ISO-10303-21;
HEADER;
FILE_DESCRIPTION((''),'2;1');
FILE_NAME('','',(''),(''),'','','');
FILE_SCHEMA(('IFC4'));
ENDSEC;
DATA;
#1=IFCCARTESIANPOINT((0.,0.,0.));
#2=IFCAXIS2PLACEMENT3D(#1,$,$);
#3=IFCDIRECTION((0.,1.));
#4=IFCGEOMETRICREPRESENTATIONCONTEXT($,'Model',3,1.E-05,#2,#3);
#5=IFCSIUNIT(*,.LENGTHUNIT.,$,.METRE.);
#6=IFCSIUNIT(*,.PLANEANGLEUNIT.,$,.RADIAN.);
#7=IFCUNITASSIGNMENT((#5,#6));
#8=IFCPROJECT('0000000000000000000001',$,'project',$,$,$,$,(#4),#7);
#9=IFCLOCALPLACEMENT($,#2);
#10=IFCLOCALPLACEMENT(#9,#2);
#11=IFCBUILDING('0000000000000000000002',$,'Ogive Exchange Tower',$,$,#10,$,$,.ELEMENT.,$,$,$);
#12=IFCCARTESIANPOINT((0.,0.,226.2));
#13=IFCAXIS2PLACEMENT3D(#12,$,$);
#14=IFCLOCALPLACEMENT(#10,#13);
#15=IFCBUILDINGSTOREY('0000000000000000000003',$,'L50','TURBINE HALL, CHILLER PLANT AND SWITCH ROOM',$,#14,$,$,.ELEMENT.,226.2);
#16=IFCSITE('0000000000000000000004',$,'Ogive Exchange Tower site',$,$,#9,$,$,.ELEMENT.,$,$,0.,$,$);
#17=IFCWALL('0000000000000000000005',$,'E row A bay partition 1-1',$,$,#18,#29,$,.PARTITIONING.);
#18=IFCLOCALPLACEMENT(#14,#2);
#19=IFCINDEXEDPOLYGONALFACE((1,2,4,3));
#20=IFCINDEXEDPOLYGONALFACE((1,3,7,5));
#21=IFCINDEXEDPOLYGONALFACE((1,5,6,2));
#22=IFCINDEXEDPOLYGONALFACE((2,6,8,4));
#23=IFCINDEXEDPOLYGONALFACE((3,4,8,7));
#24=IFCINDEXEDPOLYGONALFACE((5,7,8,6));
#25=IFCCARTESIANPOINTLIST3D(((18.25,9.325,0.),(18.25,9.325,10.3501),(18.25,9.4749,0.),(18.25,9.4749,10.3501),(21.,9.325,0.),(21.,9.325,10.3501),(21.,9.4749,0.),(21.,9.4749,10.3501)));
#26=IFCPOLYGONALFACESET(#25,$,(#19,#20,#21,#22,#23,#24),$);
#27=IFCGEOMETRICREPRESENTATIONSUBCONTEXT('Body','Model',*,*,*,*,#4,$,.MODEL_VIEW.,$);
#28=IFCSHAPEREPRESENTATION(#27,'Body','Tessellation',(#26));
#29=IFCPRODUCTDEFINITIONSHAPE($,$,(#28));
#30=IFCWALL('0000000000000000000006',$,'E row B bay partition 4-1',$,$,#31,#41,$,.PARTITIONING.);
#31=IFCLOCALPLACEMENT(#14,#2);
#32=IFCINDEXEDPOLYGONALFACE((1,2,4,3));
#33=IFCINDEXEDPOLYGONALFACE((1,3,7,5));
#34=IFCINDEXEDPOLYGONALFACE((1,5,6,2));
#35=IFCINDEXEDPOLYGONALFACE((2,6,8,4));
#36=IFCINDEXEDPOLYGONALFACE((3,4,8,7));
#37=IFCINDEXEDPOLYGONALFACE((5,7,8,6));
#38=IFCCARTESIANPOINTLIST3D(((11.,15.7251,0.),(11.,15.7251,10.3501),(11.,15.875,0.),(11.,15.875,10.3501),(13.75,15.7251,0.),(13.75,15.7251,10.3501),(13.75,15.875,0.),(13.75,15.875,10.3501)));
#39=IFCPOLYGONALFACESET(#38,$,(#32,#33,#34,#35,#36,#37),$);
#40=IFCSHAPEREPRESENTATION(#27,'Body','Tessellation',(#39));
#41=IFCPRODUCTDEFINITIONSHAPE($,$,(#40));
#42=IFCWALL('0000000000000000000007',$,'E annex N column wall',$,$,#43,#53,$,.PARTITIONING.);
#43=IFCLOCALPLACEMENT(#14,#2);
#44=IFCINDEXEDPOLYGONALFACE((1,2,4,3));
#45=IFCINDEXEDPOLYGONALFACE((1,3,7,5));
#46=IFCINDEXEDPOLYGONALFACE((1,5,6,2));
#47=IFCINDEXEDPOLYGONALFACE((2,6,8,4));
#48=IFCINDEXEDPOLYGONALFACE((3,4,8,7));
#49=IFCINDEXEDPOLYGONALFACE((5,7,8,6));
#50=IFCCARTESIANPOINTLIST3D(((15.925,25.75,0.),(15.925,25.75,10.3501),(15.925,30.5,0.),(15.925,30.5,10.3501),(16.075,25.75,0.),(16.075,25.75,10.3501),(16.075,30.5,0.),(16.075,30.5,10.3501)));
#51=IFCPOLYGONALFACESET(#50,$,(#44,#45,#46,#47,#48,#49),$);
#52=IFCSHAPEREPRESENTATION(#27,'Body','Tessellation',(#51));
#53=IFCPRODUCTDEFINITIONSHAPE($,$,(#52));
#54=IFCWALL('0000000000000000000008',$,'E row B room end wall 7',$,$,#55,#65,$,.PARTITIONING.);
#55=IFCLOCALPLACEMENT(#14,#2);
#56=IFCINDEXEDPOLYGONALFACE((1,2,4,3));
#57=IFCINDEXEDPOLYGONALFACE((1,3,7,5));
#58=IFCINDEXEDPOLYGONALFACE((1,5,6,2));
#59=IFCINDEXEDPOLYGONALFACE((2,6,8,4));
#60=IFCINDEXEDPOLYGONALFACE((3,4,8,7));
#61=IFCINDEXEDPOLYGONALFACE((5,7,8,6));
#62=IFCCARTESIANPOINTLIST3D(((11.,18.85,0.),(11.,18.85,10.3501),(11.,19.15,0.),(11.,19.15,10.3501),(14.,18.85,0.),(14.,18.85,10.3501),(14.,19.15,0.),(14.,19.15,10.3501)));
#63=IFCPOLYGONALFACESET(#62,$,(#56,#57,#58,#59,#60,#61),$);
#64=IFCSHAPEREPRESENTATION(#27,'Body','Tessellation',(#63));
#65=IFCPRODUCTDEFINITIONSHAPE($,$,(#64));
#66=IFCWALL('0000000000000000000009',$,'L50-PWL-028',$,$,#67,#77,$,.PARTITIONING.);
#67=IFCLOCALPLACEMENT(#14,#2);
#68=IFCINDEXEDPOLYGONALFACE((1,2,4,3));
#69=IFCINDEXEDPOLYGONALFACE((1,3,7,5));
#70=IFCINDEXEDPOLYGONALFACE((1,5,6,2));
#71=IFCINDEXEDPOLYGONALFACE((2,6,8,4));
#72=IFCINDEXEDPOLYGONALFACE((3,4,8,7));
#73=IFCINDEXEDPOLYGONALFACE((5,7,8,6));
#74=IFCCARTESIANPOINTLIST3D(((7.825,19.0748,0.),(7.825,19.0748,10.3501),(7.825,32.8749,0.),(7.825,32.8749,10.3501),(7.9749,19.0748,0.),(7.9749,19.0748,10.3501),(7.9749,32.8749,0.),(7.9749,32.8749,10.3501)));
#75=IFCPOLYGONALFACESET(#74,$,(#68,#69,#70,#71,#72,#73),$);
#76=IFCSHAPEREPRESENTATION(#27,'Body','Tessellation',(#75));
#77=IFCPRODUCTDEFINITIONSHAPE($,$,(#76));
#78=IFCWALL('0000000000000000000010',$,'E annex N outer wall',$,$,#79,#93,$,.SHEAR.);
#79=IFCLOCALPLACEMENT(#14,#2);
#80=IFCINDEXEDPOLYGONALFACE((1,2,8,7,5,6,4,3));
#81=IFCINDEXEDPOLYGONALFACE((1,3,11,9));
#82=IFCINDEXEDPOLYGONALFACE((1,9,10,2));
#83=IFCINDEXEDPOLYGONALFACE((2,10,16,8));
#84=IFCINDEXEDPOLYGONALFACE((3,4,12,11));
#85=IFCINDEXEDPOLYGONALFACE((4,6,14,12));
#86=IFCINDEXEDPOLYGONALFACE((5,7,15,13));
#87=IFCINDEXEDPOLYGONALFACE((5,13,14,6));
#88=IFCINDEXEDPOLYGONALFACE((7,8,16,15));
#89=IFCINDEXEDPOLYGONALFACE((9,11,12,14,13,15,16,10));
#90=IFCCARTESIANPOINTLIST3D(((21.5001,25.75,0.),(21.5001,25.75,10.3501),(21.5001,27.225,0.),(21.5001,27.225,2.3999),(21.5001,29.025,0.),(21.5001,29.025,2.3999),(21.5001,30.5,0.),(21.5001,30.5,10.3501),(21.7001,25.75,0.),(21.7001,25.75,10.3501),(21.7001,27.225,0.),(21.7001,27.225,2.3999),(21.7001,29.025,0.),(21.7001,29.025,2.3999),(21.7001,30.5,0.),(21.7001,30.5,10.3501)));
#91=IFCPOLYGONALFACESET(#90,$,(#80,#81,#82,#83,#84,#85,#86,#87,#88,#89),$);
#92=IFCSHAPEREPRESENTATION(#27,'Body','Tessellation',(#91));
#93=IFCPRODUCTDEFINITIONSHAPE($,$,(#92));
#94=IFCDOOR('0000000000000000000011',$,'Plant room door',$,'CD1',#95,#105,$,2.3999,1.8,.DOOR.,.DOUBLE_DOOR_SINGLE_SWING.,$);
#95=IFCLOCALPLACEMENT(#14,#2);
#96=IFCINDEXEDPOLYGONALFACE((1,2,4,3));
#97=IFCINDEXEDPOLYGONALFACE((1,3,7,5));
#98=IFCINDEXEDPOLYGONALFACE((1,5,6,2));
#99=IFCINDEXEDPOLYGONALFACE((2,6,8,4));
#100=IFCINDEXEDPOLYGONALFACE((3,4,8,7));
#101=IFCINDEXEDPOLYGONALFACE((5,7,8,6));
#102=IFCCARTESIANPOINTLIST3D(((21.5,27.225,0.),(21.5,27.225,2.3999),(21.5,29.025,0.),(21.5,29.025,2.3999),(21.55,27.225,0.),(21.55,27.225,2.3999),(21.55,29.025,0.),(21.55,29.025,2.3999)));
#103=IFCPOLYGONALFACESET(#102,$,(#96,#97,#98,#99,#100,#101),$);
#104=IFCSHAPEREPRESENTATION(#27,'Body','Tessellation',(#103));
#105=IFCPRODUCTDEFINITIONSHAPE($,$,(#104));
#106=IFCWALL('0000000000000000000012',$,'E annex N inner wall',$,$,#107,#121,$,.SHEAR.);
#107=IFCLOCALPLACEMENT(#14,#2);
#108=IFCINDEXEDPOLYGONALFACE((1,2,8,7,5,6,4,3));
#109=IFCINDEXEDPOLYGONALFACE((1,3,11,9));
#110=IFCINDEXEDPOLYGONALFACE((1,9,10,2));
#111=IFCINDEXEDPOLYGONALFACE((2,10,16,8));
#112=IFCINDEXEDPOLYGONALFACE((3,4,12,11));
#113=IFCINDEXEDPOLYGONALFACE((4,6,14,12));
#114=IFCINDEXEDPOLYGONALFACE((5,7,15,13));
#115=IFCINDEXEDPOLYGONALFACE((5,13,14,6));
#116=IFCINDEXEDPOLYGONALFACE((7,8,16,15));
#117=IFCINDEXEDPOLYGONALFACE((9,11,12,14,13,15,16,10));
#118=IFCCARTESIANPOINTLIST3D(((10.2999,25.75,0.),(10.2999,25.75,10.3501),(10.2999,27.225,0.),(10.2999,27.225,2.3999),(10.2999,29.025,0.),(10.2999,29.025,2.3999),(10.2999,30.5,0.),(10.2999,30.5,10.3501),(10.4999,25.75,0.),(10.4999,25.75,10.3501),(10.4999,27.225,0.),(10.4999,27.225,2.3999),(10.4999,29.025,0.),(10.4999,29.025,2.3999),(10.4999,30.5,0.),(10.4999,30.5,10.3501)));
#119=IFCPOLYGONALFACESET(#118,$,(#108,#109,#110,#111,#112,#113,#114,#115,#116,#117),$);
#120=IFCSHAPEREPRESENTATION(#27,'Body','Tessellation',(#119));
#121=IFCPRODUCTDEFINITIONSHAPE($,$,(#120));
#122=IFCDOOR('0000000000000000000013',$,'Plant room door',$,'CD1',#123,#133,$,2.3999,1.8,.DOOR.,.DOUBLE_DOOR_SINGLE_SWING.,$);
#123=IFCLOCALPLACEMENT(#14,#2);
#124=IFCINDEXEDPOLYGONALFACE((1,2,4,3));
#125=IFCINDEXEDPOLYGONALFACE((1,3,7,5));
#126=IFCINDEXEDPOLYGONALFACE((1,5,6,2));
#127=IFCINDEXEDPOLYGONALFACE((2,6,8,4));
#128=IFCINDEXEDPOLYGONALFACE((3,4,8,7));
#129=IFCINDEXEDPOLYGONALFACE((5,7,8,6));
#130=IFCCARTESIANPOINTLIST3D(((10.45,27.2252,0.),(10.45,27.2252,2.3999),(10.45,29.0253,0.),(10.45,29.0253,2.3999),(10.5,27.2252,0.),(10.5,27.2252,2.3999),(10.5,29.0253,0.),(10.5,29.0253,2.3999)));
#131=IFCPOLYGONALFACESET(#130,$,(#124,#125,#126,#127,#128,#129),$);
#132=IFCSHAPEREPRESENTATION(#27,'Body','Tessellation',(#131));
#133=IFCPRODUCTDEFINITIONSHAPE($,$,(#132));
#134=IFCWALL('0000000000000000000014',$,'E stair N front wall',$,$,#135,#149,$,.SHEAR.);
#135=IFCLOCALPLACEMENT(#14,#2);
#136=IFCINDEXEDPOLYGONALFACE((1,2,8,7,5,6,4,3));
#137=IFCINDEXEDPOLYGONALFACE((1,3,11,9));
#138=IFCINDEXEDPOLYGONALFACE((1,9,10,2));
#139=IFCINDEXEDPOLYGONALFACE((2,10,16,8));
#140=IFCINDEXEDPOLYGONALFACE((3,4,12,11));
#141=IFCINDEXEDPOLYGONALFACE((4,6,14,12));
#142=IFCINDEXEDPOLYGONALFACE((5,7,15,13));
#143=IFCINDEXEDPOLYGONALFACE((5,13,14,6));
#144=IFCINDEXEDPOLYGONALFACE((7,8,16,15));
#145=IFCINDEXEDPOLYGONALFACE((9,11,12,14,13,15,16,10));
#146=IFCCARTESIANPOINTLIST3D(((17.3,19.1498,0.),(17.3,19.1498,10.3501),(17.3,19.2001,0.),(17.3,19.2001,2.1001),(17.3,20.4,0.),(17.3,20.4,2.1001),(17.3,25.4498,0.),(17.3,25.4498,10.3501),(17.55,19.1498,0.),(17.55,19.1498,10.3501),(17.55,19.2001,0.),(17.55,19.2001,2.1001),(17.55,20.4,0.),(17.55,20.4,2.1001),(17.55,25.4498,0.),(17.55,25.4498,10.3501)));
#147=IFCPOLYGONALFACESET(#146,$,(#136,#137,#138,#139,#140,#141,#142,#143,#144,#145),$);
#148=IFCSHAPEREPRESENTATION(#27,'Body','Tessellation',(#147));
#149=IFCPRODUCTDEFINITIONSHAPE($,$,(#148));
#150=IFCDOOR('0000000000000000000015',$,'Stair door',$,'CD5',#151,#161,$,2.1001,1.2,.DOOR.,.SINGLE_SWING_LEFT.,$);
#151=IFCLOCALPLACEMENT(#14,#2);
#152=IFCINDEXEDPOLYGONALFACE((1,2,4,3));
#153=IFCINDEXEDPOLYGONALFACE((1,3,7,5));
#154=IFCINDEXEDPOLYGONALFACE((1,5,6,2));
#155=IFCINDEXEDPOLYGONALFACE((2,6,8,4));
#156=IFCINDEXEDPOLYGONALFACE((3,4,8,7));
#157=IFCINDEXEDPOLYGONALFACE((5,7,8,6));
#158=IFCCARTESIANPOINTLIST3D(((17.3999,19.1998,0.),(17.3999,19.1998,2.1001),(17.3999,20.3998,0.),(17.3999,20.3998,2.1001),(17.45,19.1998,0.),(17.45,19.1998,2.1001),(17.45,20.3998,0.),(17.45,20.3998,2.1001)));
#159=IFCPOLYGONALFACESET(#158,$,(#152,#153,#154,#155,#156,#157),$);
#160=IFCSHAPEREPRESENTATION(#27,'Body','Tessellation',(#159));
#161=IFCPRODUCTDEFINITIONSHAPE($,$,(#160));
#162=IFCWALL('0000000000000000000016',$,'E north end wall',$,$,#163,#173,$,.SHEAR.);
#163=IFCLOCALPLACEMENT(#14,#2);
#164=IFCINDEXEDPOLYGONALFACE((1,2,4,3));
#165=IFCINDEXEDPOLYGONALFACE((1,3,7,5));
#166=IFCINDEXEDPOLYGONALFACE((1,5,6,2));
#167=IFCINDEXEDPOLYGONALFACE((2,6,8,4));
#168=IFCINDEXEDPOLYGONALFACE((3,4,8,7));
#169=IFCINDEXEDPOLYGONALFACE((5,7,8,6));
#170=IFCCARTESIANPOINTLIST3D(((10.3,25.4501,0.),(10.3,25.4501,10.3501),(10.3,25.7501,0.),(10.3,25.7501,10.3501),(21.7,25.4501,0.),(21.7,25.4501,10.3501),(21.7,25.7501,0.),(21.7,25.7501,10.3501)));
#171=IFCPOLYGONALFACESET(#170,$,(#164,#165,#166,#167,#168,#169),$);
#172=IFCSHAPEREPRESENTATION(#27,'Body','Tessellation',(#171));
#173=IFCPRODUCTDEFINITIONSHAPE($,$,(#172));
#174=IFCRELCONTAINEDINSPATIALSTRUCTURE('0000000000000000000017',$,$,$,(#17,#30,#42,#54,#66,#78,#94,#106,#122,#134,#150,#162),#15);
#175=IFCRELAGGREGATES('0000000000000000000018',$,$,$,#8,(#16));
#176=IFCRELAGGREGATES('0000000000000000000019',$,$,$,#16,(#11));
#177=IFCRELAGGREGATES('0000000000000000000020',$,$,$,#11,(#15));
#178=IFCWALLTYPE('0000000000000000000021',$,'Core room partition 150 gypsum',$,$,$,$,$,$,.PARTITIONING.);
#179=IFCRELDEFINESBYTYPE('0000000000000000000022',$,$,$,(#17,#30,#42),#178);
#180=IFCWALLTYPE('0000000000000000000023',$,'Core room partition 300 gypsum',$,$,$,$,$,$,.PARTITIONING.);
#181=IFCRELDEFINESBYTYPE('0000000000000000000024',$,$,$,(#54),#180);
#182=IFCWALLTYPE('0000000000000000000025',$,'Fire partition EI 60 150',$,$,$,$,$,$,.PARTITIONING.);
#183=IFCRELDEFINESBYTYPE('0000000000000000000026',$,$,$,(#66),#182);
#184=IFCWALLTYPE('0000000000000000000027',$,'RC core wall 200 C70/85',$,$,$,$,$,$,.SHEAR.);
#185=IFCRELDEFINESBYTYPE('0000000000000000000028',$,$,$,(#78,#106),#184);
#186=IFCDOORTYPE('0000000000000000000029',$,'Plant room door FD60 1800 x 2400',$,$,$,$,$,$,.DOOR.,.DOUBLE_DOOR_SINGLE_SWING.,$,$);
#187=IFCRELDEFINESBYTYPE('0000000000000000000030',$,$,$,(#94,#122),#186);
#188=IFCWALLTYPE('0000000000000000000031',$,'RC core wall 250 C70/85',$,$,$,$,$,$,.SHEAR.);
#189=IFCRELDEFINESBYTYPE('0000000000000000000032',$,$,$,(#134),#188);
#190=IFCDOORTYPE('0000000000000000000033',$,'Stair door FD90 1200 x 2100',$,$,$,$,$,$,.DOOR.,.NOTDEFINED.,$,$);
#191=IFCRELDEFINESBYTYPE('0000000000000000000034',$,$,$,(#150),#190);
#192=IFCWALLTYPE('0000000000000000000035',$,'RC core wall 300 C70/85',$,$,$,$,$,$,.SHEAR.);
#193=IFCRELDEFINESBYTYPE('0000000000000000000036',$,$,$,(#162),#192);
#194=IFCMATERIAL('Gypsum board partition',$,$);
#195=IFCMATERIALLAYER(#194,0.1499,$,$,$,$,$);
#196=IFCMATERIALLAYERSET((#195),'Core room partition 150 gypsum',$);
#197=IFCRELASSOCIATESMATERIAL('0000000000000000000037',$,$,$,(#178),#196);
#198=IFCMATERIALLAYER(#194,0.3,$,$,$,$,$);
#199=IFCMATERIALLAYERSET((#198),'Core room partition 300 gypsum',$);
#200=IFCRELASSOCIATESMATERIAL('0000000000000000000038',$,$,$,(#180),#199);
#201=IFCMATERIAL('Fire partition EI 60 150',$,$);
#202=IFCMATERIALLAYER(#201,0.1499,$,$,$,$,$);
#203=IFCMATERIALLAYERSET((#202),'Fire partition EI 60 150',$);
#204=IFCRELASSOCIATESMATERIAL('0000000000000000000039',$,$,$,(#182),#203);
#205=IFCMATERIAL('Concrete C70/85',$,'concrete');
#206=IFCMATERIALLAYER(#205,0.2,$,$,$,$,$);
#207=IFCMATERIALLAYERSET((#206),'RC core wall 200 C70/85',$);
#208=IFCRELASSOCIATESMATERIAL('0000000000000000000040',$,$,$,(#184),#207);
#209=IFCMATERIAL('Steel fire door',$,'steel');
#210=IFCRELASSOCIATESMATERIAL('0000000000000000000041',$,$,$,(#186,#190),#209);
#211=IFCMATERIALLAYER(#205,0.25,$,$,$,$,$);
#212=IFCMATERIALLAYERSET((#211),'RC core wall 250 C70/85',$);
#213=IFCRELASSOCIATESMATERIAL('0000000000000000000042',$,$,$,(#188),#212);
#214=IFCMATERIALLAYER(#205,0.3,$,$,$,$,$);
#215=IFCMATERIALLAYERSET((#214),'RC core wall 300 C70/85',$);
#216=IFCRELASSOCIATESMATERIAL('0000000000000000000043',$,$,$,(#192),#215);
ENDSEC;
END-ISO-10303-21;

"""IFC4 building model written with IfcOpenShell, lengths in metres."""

from ifc_helpers import new_model, si_unit, direction, frame, frame_2d, origin, place, context, subcontext, project, spatial, rectangle, extrude, material, layer, layer_set, type_object, element, fill, save


model = new_model("IFC4")

# Units and contexts
model_context = context("Model", 3, precision=1e-05, world=origin(), true_north=direction((0.0, 1.0)))
body_context = subcontext(model_context, "Body", "Model", "MODEL_VIEW")
ifc_project = project(units=[si_unit("LENGTHUNIT", "METRE"), si_unit("PLANEANGLEUNIT", "RADIAN")], contexts=[model_context])

# Site, building, storey
site_placement = place(None, origin())
site = spatial("IfcSite", under=ifc_project, at=site_placement, Name="Ogive Exchange Tower site", CompositionType="ELEMENT", RefElevation=0.0)
building_placement = place(site_placement, origin())
building = spatial("IfcBuilding", under=site, at=building_placement, Name="Ogive Exchange Tower", CompositionType="ELEMENT")
storey_placement = place(building_placement, frame((0.0, 0.0, 226.2)))
storey = spatial("IfcBuildingStorey", under=building, at=storey_placement, Name="L50", Description="TURBINE HALL, CHILLER PLANT AND SWITCH ROOM", CompositionType="ELEMENT", Elevation=226.2)

# Walls
ifc_material_1 = material(Name="Gypsum board partition")
ifc_layer_1 = layer(ifc_material_1, 0.1499)
ifc_layer_set_1 = layer_set([ifc_layer_1], Name="Core room partition 150 gypsum")
wall_type_1 = type_object("IfcWallType", Name="Core room partition 150 gypsum", PredefinedType="PARTITIONING", material=ifc_layer_set_1)
for number, where, z_axis, x_axis, name in (
    (1, (18.25, 9.3999, 0.0), (0.0, 0.0, 1.0), (1.0, 0.0, 0.0), "E row A bay partition 1-1"),
    (2, (11.0, 15.8, 0.0), (0.0, 0.0, 1.0), (1.0, 0.0, 0.0), "E row B bay partition 4-1"),
):
    element("IfcWall", number, at=place(storey_placement, frame(where, z_axis=z_axis, x_axis=x_axis)), inside=storey, type_object=wall_type_1, Name=name, PredefinedType="PARTITIONING", context=body_context, shape_type="SweptSolid", body=[
        extrude(rectangle(XDim=2.75, YDim=0.1499, at=frame_2d((1.375, 0.0))), origin(), (0.0, 0.0, 1.0), 10.3501),
    ])
wall_1_placement = place(storey_placement, frame((16.0, 25.75, 0.0), z_axis=(0.0, 0.0, 1.0), x_axis=(0.0, 1.0, 0.0)))
element("IfcWall", 3, at=wall_1_placement, inside=storey, type_object=wall_type_1, Name="E annex N column wall", PredefinedType="PARTITIONING", context=body_context, shape_type="SweptSolid", body=[
    extrude(rectangle(XDim=4.75, YDim=0.1499, at=frame_2d((2.375, 0.0))), origin(), (0.0, 0.0, 1.0), 10.3501),
])
ifc_layer_2 = layer(ifc_material_1, 0.3)
ifc_layer_set_2 = layer_set([ifc_layer_2], Name="Core room partition 300 gypsum")
wall_type_2 = type_object("IfcWallType", Name="Core room partition 300 gypsum", PredefinedType="PARTITIONING", material=ifc_layer_set_2)
wall_2_placement = place(storey_placement, frame((11.0, 19.0, 0.0), z_axis=(0.0, 0.0, 1.0), x_axis=(1.0, 0.0, 0.0)))
element("IfcWall", 4, at=wall_2_placement, inside=storey, type_object=wall_type_2, Name="E row B room end wall 7", PredefinedType="PARTITIONING", context=body_context, shape_type="SweptSolid", body=[
    extrude(rectangle(XDim=3.0, YDim=0.3, at=frame_2d((1.5, 0.0))), origin(), (0.0, 0.0, 1.0), 10.3501),
])
ifc_material_2 = material(Name="Fire partition EI 60 150")
ifc_layer_3 = layer(ifc_material_2, 0.1499)
ifc_layer_set_3 = layer_set([ifc_layer_3], Name="Fire partition EI 60 150")
wall_type_3 = type_object("IfcWallType", Name="Fire partition EI 60 150", PredefinedType="PARTITIONING", material=ifc_layer_set_3)
wall_3_placement = place(storey_placement, frame((7.8999, 19.075, 0.0), z_axis=(0.0, 0.0, 1.0), x_axis=(0.0, 1.0, 0.0)))
element("IfcWall", 5, at=wall_3_placement, inside=storey, type_object=wall_type_3, Name="L50-PWL-028", PredefinedType="PARTITIONING", context=body_context, shape_type="SweptSolid", body=[
    extrude(rectangle(XDim=13.8, YDim=0.1499, at=frame_2d((6.8999, 0.0))), origin(), (0.0, 0.0, 1.0), 10.3501),
])

# Walls, openings, doors
ifc_material_3 = material(Name="Concrete C70/85", Category="concrete")
ifc_layer_4 = layer(ifc_material_3, 0.2)
ifc_layer_set_4 = layer_set([ifc_layer_4], Name="RC core wall 200 C70/85")
wall_type_4 = type_object("IfcWallType", Name="RC core wall 200 C70/85", PredefinedType="SHEAR", material=ifc_layer_set_4)
wall_4_placement = place(storey_placement, frame((21.6001, 25.75, 0.0), z_axis=(0.0, 0.0, 1.0), x_axis=(0.0, 1.0, 0.0)))
wall_4 = element("IfcWall", 6, at=wall_4_placement, inside=storey, type_object=wall_type_4, Name="E annex N outer wall", PredefinedType="SHEAR", context=body_context, shape_type="SweptSolid", body=[
    extrude(rectangle(XDim=4.75, YDim=0.2, at=frame_2d((2.375, 0.0))), origin(), (0.0, 0.0, 1.0), 10.3501),
])
opening_1_placement = place(wall_4_placement, frame((1.4751, 0.0, 0.0)))
opening_1 = element("IfcOpeningElement", 7, at=opening_1_placement, cuts=wall_4, PredefinedType="OPENING", context=body_context, shape_type="SweptSolid", body=[
    extrude(rectangle(XDim=1.8, YDim=2.3999, at=frame_2d((0.8999, 1.2))), frame((0.0, 0.1099, 0.0), z_axis=(0.0, -1.0, 0.0), x_axis=(1.0, 0.0, 0.0)), (0.0, 0.0, 1.0), 0.22),
])
ifc_material_4 = material(Name="Steel fire door", Category="steel")
door_type_1 = type_object("IfcDoorType", Name="Plant room door FD60 1800 x 2400", OperationType="DOUBLE_DOOR_SINGLE_SWING", PredefinedType="DOOR", material=ifc_material_4)
door_1_placement = place(opening_1_placement, origin())
door_1 = element("IfcDoor", 8, at=door_1_placement, inside=storey, type_object=door_type_1, Name="Plant room door", ObjectType="CD1", OperationType="DOUBLE_DOOR_SINGLE_SWING", OverallHeight=2.3999, OverallWidth=1.8, PredefinedType="DOOR", context=body_context, shape_type="SweptSolid", body=[
    extrude(rectangle(XDim=1.8, YDim=2.3999, at=frame_2d((0.8999, 1.2))), frame((0.0, 0.1001, 0.0), z_axis=(0.0, -1.0, 0.0), x_axis=(1.0, 0.0, 0.0)), (0.0, 0.0, 1.0), 0.05),
])
fill(opening_1, door_1)
wall_5_placement = place(storey_placement, frame((10.3999, 25.75, 0.0), z_axis=(0.0, 0.0, 1.0), x_axis=(0.0, 1.0, 0.0)))
wall_5 = element("IfcWall", 9, at=wall_5_placement, inside=storey, type_object=wall_type_4, Name="E annex N inner wall", PredefinedType="SHEAR", context=body_context, shape_type="SweptSolid", body=[
    extrude(rectangle(XDim=4.75, YDim=0.2, at=frame_2d((2.375, 0.0))), origin(), (0.0, 0.0, 1.0), 10.3501),
])
opening_2_placement = place(wall_5_placement, frame((1.4751, 0.0, 0.0)))
opening_2 = element("IfcOpeningElement", 10, at=opening_2_placement, cuts=wall_5, PredefinedType="OPENING", context=body_context, shape_type="SweptSolid", body=[
    extrude(rectangle(XDim=1.8, YDim=2.3999, at=frame_2d((0.8999, 1.2))), frame((0.0, 0.1099, 0.0), z_axis=(0.0, -1.0, 0.0), x_axis=(1.0, 0.0, 0.0)), (0.0, 0.0, 1.0), 0.22),
])
door_2_placement = place(opening_2_placement, frame((1.8, -0.1499, 0.0), z_axis=(0.0, 0.0, 1.0), x_axis=(-1.0, 0.0, 0.0)))
door_2 = element("IfcDoor", 11, at=door_2_placement, inside=storey, type_object=door_type_1, Name="Plant room door", ObjectType="CD1", OperationType="DOUBLE_DOOR_SINGLE_SWING", OverallHeight=2.3999, OverallWidth=1.8, PredefinedType="DOOR", context=body_context, shape_type="SweptSolid", body=[
    extrude(rectangle(XDim=1.8, YDim=2.3999, at=frame_2d((0.8999, 1.2))), frame((0.0, -0.0498, 0.0), z_axis=(0.0, -1.0, 0.0), x_axis=(1.0, 0.0, 0.0)), (0.0, 0.0, 1.0), 0.05),
])
fill(opening_2, door_2)
ifc_layer_5 = layer(ifc_material_3, 0.25)
ifc_layer_set_5 = layer_set([ifc_layer_5], Name="RC core wall 250 C70/85")
wall_type_5 = type_object("IfcWallType", Name="RC core wall 250 C70/85", PredefinedType="SHEAR", material=ifc_layer_set_5)
wall_6_placement = place(storey_placement, frame((17.425, 19.1499, 0.0), z_axis=(0.0, 0.0, 1.0), x_axis=(0.0, 1.0, 0.0)))
wall_6 = element("IfcWall", 12, at=wall_6_placement, inside=storey, type_object=wall_type_5, Name="E stair N front wall", PredefinedType="SHEAR", context=body_context, shape_type="SweptSolid", body=[
    extrude(rectangle(XDim=6.3, YDim=0.25, at=frame_2d((3.1499, 0.0))), origin(), (0.0, 0.0, 1.0), 10.3501),
])
opening_3_placement = place(wall_6_placement, frame((0.05, 0.0, 0.0)))
opening_3 = element("IfcOpeningElement", 13, at=opening_3_placement, cuts=wall_6, PredefinedType="OPENING", context=body_context, shape_type="SweptSolid", body=[
    extrude(rectangle(XDim=1.2, YDim=2.1001, at=frame_2d((0.6001, 1.05))), frame((0.0, 0.135, 0.0), z_axis=(0.0, -1.0, 0.0), x_axis=(1.0, 0.0, 0.0)), (0.0, 0.0, 1.0), 0.27),
])
door_type_2 = type_object("IfcDoorType", Name="Stair door FD90 1200 x 2100", OperationType="NOTDEFINED", PredefinedType="DOOR", material=ifc_material_4)
door_3_placement = place(opening_3_placement, frame((1.2, 0.0, 0.0), z_axis=(0.0, 0.0, 1.0), x_axis=(-1.0, 0.0, 0.0)))
door_3 = element("IfcDoor", 14, at=door_3_placement, inside=storey, type_object=door_type_2, Name="Stair door", ObjectType="CD5", OperationType="SINGLE_SWING_LEFT", OverallHeight=2.1001, OverallWidth=1.2, PredefinedType="DOOR", context=body_context, shape_type="SweptSolid", body=[
    extrude(rectangle(XDim=1.2, YDim=2.1001, at=frame_2d((0.6001, 1.05))), frame((0.0, 0.0249, 0.0), z_axis=(0.0, -1.0, 0.0), x_axis=(1.0, 0.0, 0.0)), (0.0, 0.0, 1.0), 0.05),
])
fill(opening_3, door_3)

# Wall
ifc_layer_6 = layer(ifc_material_3, 0.3)
ifc_layer_set_6 = layer_set([ifc_layer_6], Name="RC core wall 300 C70/85")
wall_type_6 = type_object("IfcWallType", Name="RC core wall 300 C70/85", PredefinedType="SHEAR", material=ifc_layer_set_6)
wall_7_placement = place(storey_placement, frame((10.3, 25.6001, 0.0), z_axis=(0.0, 0.0, 1.0), x_axis=(1.0, 0.0, 0.0)))
element("IfcWall", 15, at=wall_7_placement, inside=storey, type_object=wall_type_6, Name="E north end wall", PredefinedType="SHEAR", context=body_context, shape_type="SweptSolid", body=[
    extrude(rectangle(XDim=11.3999, YDim=0.3, at=frame_2d((5.7, 0.0))), origin(), (0.0, 0.0, 1.0), 10.3501),
])

save(model, "model.ifc")
